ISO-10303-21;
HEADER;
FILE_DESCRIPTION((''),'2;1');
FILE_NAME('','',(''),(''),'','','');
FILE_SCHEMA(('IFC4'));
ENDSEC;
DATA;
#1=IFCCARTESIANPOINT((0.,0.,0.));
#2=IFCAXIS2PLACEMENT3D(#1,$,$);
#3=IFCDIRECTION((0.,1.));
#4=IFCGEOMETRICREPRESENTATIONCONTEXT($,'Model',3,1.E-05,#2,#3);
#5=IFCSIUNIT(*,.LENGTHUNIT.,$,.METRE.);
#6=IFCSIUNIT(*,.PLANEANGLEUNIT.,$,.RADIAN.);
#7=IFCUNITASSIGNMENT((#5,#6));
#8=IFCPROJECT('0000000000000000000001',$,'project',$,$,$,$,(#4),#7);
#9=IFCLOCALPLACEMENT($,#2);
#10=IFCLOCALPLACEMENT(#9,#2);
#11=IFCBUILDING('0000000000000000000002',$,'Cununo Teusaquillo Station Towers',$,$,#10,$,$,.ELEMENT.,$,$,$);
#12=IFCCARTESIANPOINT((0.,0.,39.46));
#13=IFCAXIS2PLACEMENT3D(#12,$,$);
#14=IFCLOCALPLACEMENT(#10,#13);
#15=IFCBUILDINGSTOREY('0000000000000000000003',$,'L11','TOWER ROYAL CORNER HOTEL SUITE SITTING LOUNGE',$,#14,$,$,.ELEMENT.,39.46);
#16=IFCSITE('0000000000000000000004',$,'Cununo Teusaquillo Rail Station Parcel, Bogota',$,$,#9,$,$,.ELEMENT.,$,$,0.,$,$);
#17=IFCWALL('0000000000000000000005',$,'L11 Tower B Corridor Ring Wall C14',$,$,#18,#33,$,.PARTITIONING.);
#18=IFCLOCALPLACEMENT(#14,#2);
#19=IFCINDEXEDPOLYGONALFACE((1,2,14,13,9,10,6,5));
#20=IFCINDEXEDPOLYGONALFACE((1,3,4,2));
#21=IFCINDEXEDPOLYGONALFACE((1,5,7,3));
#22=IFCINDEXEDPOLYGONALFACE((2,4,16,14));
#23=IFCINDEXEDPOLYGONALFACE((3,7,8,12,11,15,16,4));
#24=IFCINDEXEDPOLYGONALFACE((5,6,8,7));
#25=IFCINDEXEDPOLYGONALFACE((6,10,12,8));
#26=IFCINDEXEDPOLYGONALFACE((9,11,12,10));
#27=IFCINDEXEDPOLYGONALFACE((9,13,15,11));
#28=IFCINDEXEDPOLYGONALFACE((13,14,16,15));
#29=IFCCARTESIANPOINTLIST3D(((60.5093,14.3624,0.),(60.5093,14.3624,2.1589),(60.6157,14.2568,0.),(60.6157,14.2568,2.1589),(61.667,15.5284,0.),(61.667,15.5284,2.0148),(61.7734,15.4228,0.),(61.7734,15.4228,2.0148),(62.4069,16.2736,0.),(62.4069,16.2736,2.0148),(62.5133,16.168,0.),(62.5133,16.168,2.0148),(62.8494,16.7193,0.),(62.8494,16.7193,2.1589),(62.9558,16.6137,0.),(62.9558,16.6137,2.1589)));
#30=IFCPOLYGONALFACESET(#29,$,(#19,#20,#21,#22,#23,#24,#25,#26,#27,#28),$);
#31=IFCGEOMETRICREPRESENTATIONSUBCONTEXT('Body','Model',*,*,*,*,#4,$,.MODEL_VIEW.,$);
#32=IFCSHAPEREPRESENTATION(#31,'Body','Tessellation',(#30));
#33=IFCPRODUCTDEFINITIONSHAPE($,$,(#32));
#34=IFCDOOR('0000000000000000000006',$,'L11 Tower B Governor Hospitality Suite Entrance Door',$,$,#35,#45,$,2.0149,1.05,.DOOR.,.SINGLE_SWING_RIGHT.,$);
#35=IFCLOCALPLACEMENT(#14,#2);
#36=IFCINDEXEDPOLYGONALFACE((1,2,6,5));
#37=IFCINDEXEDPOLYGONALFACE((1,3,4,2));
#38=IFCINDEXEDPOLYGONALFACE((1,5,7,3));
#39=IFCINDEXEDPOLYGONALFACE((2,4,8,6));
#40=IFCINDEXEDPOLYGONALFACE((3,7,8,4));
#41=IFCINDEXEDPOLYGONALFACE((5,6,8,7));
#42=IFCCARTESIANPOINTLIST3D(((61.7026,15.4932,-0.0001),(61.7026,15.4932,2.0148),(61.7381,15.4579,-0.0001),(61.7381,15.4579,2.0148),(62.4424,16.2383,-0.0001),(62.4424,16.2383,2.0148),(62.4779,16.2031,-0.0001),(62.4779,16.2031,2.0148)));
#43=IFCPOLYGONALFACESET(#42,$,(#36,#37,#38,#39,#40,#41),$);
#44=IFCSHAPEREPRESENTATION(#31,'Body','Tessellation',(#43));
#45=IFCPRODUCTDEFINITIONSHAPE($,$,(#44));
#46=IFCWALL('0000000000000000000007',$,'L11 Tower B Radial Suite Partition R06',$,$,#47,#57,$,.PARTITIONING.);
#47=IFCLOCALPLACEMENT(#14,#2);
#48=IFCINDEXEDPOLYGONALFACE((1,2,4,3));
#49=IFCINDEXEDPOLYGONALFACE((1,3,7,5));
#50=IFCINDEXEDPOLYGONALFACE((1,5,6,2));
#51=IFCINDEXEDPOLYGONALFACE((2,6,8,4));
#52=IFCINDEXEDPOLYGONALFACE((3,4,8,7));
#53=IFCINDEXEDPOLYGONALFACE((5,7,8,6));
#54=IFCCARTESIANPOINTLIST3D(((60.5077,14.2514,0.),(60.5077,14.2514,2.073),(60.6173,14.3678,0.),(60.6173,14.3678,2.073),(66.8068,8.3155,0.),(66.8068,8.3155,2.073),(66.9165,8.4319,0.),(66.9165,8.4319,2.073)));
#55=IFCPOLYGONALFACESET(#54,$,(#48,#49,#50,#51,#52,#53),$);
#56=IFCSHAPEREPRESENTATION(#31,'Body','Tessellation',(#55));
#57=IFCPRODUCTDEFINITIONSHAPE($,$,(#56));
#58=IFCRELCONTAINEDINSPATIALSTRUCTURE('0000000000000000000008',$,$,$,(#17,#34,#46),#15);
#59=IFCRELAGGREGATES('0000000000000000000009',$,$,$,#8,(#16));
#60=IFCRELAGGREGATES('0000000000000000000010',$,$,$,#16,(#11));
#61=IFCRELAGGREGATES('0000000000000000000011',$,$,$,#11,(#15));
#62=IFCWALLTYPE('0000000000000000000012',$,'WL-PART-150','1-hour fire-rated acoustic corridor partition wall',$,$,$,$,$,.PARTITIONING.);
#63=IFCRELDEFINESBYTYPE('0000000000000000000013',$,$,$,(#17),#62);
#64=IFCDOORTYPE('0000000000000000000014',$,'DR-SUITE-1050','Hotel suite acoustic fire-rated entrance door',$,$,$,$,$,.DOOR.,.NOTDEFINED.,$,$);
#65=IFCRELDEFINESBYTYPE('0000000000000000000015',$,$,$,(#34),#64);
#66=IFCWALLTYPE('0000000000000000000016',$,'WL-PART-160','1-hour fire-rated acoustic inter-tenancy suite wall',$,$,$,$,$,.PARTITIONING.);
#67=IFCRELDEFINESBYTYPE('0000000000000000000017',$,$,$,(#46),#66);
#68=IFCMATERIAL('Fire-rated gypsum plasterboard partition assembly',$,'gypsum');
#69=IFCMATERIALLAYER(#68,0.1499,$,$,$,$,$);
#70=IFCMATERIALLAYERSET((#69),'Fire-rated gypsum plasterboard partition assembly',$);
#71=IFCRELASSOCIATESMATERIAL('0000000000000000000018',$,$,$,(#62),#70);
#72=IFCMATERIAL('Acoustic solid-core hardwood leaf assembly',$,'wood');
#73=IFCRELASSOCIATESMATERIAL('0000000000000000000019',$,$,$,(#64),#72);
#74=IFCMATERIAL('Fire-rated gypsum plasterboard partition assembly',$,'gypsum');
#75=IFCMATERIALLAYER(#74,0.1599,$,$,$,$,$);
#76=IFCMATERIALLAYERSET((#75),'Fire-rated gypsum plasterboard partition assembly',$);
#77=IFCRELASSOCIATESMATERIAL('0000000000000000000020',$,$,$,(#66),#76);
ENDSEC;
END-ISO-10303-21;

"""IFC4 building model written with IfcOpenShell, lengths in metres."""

from ifc_helpers import new_model, si_unit, direction, frame, frame_2d, origin, place, context, subcontext, project, spatial, rectangle, extrude, source, transform, mapped, material, layer, layer_set, type_object, element, fill, save


model = new_model("IFC4")

# Units and contexts
model_context = context("Model", 3, precision=1e-05, world=origin(), true_north=direction((0.0, 1.0)))
body_context = subcontext(model_context, "Body", "Model", "MODEL_VIEW")
ifc_project = project(units=[si_unit("LENGTHUNIT", "METRE"), si_unit("PLANEANGLEUNIT", "RADIAN")], contexts=[model_context])

# Site, building, storey
site_placement = place(None, origin())
site = spatial("IfcSite", under=ifc_project, at=site_placement, Name="Cununo Teusaquillo Rail Station Parcel, Bogota", CompositionType="ELEMENT", RefElevation=0.0)
building_placement = place(site_placement, origin())
building = spatial("IfcBuilding", under=site, at=building_placement, Name="Cununo Teusaquillo Station Towers", CompositionType="ELEMENT")
storey_placement = place(building_placement, frame((0.0, 0.0, 39.46)))
storey = spatial("IfcBuildingStorey", under=building, at=storey_placement, Name="L11", Description="TOWER ROYAL CORNER HOTEL SUITE SITTING LOUNGE", CompositionType="ELEMENT", Elevation=39.46)

# Shared definitions
ifc_material_1 = material(Name="Fire-rated gypsum plasterboard partition assembly", Category="gypsum")
ifc_layer_1 = layer(ifc_material_1, 0.1499)
ifc_layer_set_1 = layer_set([ifc_layer_1], Name="Fire-rated gypsum plasterboard partition assembly")
wall_type_1 = type_object("IfcWallType", Name="WL-PART-150", Description="1-hour fire-rated acoustic corridor partition wall", PredefinedType="PARTITIONING", material=ifc_layer_set_1)

# Wall, opening, door
wall_1_placement = place(storey_placement, frame((60.5625, 14.3096, 0.0), z_axis=(0.0, 0.0, 1.0), x_axis=(0.704566, 0.709638, 0.0)))
wall_1 = element("IfcWall", 1, at=wall_1_placement, inside=storey, type_object=wall_type_1, Name="L11 Tower B Corridor Ring Wall C14", PredefinedType="PARTITIONING", context=body_context, shape_type="SweptSolid", body=[
    extrude(rectangle(XDim=3.3213, YDim=0.1499, at=frame_2d((1.6606, 0.0))), origin(), (0.0, 0.0, 1.0), 2.1589),
])
shared_shape_1 = source(origin(), body_context, "Body", "SweptSolid", [
    extrude(rectangle(XDim=1.05, YDim=2.0149, at=frame_2d((0.5249, 1.0073))), frame((0.0, 0.085, 0.0), z_axis=(0.0, -1.0, 0.0), x_axis=(1.0, 0.0, 0.0)), (0.0, 0.0, 1.0), 0.1699),
])
opening_1_placement = place(wall_1_placement, frame((1.6433, 0.0, 0.0)))
opening_1 = element("IfcOpeningElement", 2, at=opening_1_placement, cuts=wall_1, PredefinedType="OPENING", context=body_context, shape_type="MappedRepresentation", body=[
    mapped(shared_shape_1, transform((0.0, 0.0, 0.0), x_axis=(1.0, 0.0, 0.0), y_axis=(0.0, 1.0, 0.0), z_axis=(0.0, 0.0, 1.0), scale=1.0)),
])
ifc_material_2 = material(Name="Acoustic solid-core hardwood leaf assembly", Category="wood")
door_type_1 = type_object("IfcDoorType", Name="DR-SUITE-1050", Description="Hotel suite acoustic fire-rated entrance door", OperationType="NOTDEFINED", PredefinedType="DOOR", material=ifc_material_2)
shared_shape_2 = source(origin(), body_context, "Body", "SweptSolid", [
    extrude(rectangle(XDim=1.05, YDim=2.0149, at=frame_2d((0.5249, 1.0073))), frame((0.0, 0.0249, 0.0), z_axis=(0.0, -1.0, 0.0), x_axis=(1.0, 0.0, 0.0)), (0.0, 0.0, 1.0), 0.05),
])
door_1_placement = place(opening_1_placement, origin())
door_1 = element("IfcDoor", 3, at=door_1_placement, inside=storey, type_object=door_type_1, Name="L11 Tower B Governor Hospitality Suite Entrance Door", OperationType="SINGLE_SWING_RIGHT", OverallHeight=2.0149, OverallWidth=1.05, PredefinedType="DOOR", context=body_context, shape_type="MappedRepresentation", body=[
    mapped(shared_shape_2, transform((0.0, 0.0, 0.0), x_axis=(1.0, 0.0, 0.0), y_axis=(0.0, 1.0, 0.0), z_axis=(0.0, 0.0, 1.0), scale=1.0)),
])
fill(opening_1, door_1)

# Wall
ifc_material_3 = material(Name="Fire-rated gypsum plasterboard partition assembly", Category="gypsum")
ifc_layer_2 = layer(ifc_material_3, 0.1599)
ifc_layer_set_2 = layer_set([ifc_layer_2], Name="Fire-rated gypsum plasterboard partition assembly")
wall_type_2 = type_object("IfcWallType", Name="WL-PART-160", Description="1-hour fire-rated acoustic inter-tenancy suite wall", PredefinedType="PARTITIONING", material=ifc_layer_set_2)
wall_2_placement = place(storey_placement, frame((60.5625, 14.3096, 0.0), z_axis=(0.0, 0.0, 1.0), x_axis=(0.727782, -0.685809, 0.0)))
element("IfcWall", 4, at=wall_2_placement, inside=storey, type_object=wall_type_2, Name="L11 Tower B Radial Suite Partition R06", PredefinedType="PARTITIONING", context=body_context, shape_type="SweptSolid", body=[
    extrude(rectangle(XDim=8.6553, YDim=0.1599, at=frame_2d((4.3276, 0.0))), origin(), (0.0, 0.0, 1.0), 2.073),
])

save(model, "model.ifc")
